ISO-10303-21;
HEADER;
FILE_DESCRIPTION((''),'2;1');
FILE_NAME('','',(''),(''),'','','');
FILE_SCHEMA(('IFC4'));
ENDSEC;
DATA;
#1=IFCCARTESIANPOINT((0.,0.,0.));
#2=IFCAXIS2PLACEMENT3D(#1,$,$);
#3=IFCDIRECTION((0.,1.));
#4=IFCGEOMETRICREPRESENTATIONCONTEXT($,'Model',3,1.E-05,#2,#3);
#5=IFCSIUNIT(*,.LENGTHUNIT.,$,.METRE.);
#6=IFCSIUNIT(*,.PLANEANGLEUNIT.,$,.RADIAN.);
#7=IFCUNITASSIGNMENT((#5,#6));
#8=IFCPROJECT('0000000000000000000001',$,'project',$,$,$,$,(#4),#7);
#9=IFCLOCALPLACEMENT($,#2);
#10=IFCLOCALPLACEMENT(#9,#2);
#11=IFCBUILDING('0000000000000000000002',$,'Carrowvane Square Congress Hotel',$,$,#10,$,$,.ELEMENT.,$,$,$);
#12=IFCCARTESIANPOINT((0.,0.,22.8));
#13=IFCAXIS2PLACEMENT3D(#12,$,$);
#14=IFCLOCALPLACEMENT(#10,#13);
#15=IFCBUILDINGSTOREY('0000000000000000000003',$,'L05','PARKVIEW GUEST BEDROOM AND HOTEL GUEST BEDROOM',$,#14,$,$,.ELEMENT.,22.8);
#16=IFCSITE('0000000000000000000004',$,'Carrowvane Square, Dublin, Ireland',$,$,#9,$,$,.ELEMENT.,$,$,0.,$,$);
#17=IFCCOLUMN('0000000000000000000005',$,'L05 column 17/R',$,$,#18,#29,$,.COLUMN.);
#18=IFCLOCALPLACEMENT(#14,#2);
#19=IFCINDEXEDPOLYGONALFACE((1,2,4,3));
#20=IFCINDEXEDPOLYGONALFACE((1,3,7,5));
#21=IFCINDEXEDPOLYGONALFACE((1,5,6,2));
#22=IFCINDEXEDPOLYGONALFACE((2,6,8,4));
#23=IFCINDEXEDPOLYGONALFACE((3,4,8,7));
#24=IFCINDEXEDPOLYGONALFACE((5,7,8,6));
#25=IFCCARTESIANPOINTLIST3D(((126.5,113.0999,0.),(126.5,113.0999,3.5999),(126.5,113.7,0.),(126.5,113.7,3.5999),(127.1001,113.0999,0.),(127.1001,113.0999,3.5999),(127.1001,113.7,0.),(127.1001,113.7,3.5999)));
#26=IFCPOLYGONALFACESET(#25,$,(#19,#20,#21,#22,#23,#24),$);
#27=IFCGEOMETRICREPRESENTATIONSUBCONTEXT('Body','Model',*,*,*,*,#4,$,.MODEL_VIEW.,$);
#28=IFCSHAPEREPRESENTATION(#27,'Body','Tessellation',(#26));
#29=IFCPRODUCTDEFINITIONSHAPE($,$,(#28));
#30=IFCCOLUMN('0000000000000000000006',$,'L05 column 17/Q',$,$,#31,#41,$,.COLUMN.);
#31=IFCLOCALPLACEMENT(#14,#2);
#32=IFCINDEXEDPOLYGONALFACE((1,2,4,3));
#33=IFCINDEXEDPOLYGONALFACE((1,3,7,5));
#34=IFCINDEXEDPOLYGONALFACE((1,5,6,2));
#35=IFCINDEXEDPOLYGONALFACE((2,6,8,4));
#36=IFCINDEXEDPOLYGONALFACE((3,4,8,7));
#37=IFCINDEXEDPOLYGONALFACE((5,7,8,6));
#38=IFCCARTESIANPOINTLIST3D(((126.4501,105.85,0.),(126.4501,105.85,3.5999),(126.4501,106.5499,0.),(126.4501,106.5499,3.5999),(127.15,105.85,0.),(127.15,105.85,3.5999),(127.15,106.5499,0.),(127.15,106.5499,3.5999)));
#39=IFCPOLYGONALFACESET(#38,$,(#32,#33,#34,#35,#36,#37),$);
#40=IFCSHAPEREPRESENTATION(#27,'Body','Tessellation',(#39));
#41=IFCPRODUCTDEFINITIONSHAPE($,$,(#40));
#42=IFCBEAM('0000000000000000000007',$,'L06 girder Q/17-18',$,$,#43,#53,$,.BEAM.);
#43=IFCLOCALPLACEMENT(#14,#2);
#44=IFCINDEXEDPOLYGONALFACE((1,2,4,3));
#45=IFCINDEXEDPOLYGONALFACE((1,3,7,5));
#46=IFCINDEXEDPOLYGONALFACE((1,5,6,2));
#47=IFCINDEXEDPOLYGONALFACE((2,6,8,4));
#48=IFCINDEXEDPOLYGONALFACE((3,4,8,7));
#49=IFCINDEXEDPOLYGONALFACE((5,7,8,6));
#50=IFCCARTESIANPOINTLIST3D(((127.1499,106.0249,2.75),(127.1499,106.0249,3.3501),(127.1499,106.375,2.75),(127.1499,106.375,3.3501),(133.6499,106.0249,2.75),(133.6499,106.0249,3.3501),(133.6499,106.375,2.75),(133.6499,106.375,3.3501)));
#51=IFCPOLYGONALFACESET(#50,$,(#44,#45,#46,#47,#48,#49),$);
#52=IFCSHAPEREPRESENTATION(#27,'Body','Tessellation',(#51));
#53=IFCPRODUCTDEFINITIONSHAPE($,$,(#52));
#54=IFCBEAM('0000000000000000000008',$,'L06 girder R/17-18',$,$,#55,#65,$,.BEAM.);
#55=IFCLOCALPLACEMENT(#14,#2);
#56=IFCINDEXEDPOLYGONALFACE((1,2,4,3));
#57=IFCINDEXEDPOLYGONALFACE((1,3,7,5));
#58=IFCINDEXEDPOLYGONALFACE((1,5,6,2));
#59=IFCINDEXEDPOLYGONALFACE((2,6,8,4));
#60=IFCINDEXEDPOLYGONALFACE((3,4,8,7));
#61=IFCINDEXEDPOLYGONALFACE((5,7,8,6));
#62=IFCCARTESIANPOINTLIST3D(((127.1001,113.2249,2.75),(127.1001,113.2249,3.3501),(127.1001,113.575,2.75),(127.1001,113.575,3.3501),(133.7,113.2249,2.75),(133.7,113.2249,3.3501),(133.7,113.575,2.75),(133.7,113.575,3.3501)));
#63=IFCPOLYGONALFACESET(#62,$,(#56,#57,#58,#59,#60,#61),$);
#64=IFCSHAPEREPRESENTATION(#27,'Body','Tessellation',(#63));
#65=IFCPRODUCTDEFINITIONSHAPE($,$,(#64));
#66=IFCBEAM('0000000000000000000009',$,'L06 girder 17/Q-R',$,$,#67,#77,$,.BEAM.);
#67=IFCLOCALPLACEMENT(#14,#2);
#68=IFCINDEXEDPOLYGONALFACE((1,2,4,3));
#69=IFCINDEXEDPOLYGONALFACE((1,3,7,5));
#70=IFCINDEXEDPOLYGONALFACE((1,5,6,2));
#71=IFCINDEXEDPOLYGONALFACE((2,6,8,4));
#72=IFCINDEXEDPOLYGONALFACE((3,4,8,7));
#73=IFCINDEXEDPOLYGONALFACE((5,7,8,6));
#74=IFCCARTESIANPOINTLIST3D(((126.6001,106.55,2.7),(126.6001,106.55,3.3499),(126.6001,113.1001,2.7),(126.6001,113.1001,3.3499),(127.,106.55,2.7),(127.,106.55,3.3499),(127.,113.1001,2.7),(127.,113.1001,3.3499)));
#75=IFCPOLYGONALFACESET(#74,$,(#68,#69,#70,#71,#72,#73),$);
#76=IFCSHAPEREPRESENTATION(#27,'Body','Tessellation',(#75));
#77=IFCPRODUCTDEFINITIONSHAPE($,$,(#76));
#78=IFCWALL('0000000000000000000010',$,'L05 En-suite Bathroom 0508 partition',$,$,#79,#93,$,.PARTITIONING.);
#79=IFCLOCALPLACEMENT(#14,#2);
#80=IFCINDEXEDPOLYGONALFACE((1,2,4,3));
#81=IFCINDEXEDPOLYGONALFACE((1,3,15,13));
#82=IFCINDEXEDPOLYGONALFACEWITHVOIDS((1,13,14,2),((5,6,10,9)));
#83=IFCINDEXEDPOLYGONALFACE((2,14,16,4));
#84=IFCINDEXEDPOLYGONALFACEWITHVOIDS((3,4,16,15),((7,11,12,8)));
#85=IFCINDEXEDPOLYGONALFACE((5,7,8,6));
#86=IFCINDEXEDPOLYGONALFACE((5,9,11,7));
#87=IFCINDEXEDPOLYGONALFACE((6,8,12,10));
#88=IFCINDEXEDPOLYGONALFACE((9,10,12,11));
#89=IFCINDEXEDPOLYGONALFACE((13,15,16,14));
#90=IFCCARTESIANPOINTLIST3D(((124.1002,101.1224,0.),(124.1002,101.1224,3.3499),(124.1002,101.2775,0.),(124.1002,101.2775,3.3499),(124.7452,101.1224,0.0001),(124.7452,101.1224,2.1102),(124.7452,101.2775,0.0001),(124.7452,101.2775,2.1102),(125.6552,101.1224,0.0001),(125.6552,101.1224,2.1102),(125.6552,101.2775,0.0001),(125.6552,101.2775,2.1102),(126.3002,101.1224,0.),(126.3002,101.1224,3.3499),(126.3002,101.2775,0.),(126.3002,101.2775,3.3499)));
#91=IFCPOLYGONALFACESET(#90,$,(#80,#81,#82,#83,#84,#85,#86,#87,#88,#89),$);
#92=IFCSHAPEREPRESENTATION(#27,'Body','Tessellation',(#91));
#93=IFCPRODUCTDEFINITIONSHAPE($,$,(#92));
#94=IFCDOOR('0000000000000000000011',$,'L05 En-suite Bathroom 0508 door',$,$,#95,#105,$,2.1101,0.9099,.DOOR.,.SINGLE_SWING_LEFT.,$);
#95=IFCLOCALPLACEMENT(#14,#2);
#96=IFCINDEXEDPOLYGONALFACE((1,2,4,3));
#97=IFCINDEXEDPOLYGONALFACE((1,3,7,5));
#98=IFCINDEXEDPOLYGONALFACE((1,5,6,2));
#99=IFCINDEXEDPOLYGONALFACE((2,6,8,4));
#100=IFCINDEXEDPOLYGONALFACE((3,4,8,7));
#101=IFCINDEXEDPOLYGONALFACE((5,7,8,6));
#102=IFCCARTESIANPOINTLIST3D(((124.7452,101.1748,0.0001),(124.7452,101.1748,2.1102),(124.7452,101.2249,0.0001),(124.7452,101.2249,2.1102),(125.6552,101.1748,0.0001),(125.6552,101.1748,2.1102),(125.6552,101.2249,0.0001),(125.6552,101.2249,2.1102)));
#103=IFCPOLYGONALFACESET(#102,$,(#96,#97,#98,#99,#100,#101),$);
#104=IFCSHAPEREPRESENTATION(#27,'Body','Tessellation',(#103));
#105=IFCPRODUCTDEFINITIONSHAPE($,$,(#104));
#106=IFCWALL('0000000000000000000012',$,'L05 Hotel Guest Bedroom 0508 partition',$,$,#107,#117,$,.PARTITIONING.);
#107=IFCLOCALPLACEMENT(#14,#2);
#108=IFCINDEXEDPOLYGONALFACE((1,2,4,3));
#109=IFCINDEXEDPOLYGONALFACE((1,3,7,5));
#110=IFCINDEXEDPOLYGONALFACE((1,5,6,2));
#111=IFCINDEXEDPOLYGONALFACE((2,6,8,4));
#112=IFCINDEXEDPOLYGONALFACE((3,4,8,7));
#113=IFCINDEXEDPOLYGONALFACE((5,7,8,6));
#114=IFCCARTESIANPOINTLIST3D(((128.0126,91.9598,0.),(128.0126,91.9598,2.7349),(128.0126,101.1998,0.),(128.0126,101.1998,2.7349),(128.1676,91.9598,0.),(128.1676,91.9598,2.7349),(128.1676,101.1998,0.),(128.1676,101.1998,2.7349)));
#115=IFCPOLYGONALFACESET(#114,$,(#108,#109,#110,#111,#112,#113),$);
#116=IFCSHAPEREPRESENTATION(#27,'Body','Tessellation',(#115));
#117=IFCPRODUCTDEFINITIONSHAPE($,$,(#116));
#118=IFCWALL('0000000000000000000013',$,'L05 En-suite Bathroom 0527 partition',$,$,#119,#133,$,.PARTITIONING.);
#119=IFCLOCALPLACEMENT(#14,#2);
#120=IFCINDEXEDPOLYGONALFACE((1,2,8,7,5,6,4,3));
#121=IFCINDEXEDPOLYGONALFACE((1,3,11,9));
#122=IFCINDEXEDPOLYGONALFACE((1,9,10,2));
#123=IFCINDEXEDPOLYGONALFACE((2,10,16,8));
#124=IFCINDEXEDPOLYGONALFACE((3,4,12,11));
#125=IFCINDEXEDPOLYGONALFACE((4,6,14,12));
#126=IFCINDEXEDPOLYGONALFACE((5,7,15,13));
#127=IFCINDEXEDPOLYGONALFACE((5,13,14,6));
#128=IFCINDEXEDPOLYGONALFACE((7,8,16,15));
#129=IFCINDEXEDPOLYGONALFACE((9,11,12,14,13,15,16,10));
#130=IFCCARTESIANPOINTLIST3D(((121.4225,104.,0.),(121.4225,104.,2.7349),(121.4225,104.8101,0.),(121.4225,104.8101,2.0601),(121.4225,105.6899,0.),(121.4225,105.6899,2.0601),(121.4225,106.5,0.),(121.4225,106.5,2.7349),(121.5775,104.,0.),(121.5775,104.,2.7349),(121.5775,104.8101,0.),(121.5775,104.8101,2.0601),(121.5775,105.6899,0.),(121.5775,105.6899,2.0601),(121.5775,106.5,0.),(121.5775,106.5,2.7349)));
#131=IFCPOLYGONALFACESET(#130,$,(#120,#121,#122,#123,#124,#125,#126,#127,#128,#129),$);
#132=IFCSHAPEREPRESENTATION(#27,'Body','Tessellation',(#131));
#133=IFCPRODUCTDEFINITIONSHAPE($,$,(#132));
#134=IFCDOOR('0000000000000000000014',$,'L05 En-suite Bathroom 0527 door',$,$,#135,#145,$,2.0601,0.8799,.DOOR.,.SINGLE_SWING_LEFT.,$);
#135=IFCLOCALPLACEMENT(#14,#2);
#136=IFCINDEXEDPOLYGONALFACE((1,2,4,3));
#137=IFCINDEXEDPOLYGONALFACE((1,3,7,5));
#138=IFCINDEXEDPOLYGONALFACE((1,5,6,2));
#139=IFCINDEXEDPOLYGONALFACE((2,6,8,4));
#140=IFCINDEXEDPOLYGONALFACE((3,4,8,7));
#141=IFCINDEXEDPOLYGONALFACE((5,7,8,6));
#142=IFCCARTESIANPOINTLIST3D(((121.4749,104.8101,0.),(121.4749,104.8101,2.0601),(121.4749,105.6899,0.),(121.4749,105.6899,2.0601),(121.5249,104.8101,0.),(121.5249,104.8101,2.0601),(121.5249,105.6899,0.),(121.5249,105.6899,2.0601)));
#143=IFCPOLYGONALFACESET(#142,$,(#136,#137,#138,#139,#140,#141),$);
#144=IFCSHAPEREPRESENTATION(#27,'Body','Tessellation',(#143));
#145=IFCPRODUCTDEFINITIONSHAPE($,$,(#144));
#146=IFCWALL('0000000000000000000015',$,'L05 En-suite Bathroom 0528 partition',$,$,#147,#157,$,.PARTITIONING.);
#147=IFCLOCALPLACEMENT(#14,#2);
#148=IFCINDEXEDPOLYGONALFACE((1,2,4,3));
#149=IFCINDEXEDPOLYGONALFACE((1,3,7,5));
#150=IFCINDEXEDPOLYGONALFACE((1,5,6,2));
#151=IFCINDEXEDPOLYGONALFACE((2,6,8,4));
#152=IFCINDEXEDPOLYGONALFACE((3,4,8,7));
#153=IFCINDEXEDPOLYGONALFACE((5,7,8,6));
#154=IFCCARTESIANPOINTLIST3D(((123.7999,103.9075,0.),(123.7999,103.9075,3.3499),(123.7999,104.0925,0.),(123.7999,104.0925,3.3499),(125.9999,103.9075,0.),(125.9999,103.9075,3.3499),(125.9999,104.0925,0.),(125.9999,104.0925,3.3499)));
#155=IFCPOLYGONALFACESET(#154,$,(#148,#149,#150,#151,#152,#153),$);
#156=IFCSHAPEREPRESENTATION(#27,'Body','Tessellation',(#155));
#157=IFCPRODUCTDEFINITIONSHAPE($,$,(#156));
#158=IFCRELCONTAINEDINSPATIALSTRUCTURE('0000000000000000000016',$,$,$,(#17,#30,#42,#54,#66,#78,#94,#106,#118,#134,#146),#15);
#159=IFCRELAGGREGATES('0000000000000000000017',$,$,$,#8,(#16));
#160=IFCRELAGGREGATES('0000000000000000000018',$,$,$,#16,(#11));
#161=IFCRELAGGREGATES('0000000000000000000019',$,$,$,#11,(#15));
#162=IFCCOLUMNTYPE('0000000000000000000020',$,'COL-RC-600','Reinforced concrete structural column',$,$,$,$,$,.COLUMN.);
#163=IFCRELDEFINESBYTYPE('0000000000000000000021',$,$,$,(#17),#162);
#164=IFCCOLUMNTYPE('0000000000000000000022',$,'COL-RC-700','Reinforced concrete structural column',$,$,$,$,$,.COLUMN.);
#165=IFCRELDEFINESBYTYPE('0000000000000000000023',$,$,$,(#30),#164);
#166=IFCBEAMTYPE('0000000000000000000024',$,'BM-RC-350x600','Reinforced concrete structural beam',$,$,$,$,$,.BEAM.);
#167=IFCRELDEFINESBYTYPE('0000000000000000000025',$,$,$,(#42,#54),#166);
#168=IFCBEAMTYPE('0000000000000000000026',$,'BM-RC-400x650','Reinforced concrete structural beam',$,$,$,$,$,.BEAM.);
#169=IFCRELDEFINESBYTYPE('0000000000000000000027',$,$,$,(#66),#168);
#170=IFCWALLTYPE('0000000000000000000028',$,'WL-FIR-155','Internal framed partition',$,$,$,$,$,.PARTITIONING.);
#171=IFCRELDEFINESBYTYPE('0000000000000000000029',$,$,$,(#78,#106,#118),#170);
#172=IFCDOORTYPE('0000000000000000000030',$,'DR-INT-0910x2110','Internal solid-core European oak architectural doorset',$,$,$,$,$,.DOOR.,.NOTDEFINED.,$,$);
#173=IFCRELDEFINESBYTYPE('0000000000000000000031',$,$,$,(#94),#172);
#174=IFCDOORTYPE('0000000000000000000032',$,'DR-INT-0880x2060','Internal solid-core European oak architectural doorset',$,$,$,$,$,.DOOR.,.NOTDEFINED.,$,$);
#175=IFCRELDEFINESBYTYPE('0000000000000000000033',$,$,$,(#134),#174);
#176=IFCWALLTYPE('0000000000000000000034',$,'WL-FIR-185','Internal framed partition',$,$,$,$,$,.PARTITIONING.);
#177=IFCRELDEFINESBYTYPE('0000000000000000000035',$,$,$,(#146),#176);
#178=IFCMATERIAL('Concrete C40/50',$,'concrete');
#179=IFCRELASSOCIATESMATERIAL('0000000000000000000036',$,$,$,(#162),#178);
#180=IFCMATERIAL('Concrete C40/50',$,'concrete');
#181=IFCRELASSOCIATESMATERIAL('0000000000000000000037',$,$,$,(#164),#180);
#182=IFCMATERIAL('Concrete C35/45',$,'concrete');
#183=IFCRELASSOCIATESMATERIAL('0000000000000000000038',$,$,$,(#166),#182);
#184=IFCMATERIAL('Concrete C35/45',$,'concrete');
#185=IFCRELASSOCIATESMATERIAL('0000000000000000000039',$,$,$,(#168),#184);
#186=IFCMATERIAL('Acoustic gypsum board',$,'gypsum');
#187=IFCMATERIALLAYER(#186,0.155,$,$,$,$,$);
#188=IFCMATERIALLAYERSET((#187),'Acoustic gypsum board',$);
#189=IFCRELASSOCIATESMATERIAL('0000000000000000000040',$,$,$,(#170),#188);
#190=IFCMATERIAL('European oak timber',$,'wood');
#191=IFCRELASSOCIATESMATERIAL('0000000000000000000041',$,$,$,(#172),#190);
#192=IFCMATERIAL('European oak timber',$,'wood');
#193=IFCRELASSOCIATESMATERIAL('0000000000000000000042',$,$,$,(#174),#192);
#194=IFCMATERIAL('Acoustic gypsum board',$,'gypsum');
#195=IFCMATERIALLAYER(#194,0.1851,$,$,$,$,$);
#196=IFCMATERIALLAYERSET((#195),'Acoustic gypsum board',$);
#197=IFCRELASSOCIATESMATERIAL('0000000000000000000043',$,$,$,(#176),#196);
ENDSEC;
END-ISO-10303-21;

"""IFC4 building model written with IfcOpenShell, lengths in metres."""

from ifc_helpers import new_model, si_unit, direction, frame, frame_2d, origin, origin_2d, place, context, subcontext, project, spatial, rectangle, extrude, material, layer, layer_set, material_profile, profile_set, type_object, element, fill, save


model = new_model("IFC4")

# Units and contexts
model_context = context("Model", 3, precision=1e-05, world=origin(), true_north=direction((0.0, 1.0)))
body_context = subcontext(model_context, "Body", "Model", "MODEL_VIEW")
ifc_project = project(units=[si_unit("LENGTHUNIT", "METRE"), si_unit("PLANEANGLEUNIT", "RADIAN")], contexts=[model_context])

# Site, building, storey
site_placement = place(None, origin())
site = spatial("IfcSite", under=ifc_project, at=site_placement, Name="Carrowvane Square, Dublin, Ireland", CompositionType="ELEMENT", RefElevation=0.0)
building_placement = place(site_placement, origin())
building = spatial("IfcBuilding", under=site, at=building_placement, Name="Carrowvane Square Congress Hotel", CompositionType="ELEMENT")
storey_placement = place(building_placement, frame((0.0, 0.0, 22.8)))
storey = spatial("IfcBuildingStorey", under=building, at=storey_placement, Name="L05", Description="PARKVIEW GUEST BEDROOM AND HOTEL GUEST BEDROOM", CompositionType="ELEMENT", Elevation=22.8)

# Columns
ifc_material_1 = material(Name="Concrete C40/50", Category="concrete")
ifc_material_profile_1 = material_profile(ifc_material_1, rectangle(XDim=0.6001, YDim=0.6001, at=origin_2d()), Name="RC 600x600")
ifc_profile_set_1 = profile_set([ifc_material_profile_1], Name="Concrete C40/50")
column_type_1 = type_object("IfcColumnType", Name="COL-RC-600", Description="Reinforced concrete structural column", PredefinedType="COLUMN", material=ifc_profile_set_1)
column_1_placement = place(storey_placement, frame((126.8, 113.3999, 0.0), z_axis=(0.0, 0.0, 1.0), x_axis=(1.0, 0.0, 0.0)))
element("IfcColumn", 1, at=column_1_placement, inside=storey, type_object=column_type_1, Name="L05 column 17/R", PredefinedType="COLUMN", context=body_context, shape_type="SweptSolid", body=[
    extrude(rectangle(XDim=0.6001, YDim=0.6001, at=origin_2d()), origin(), (0.0, 0.0, 1.0), 3.5999),
])
ifc_material_2 = material(Name="Concrete C40/50", Category="concrete")
ifc_material_profile_2 = material_profile(ifc_material_2, rectangle(XDim=0.7, YDim=0.7, at=origin_2d()), Name="RC 700x700")
ifc_profile_set_2 = profile_set([ifc_material_profile_2], Name="Concrete C40/50")
column_type_2 = type_object("IfcColumnType", Name="COL-RC-700", Description="Reinforced concrete structural column", PredefinedType="COLUMN", material=ifc_profile_set_2)
column_2_placement = place(storey_placement, frame((126.8, 106.2, 0.0), z_axis=(0.0, 0.0, 1.0), x_axis=(1.0, 0.0, 0.0)))
element("IfcColumn", 2, at=column_2_placement, inside=storey, type_object=column_type_2, Name="L05 column 17/Q", PredefinedType="COLUMN", context=body_context, shape_type="SweptSolid", body=[
    extrude(rectangle(XDim=0.7, YDim=0.7, at=origin_2d()), origin(), (0.0, 0.0, 1.0), 3.5999),
])

# Beams
ifc_material_3 = material(Name="Concrete C35/45", Category="concrete")
ifc_material_profile_3 = material_profile(ifc_material_3, rectangle(XDim=0.3501, YDim=0.6001, at=origin_2d()), Name="RC 350x600")
ifc_profile_set_3 = profile_set([ifc_material_profile_3], Name="Concrete C35/45")
beam_type_1 = type_object("IfcBeamType", Name="BM-RC-350x600", Description="Reinforced concrete structural beam", PredefinedType="BEAM", material=ifc_profile_set_3)
beam_1_placement = place(storey_placement, frame((127.1499, 106.2, 3.05), z_axis=(1.0, 0.0, 0.0), x_axis=(0.0, 1.0, 0.0)))
element("IfcBeam", 3, at=beam_1_placement, inside=storey, type_object=beam_type_1, Name="L06 girder Q/17-18", PredefinedType="BEAM", context=body_context, shape_type="SweptSolid", body=[
    extrude(rectangle(XDim=0.3501, YDim=0.6001, at=origin_2d()), origin(), (0.0, 0.0, 1.0), 6.5),
])
beam_2_placement = place(storey_placement, frame((127.1001, 113.3999, 3.05), z_axis=(1.0, 0.0, 0.0), x_axis=(0.0, 1.0, 0.0)))
element("IfcBeam", 4, at=beam_2_placement, inside=storey, type_object=beam_type_1, Name="L06 girder R/17-18", PredefinedType="BEAM", context=body_context, shape_type="SweptSolid", body=[
    extrude(rectangle(XDim=0.3501, YDim=0.6001, at=origin_2d()), origin(), (0.0, 0.0, 1.0), 6.5999),
])
ifc_material_4 = material(Name="Concrete C35/45", Category="concrete")
ifc_material_profile_4 = material_profile(ifc_material_4, rectangle(XDim=0.3999, YDim=0.6499, at=origin_2d()), Name="RC 400x650")
ifc_profile_set_4 = profile_set([ifc_material_profile_4], Name="Concrete C35/45")
beam_type_2 = type_object("IfcBeamType", Name="BM-RC-400x650", Description="Reinforced concrete structural beam", PredefinedType="BEAM", material=ifc_profile_set_4)
beam_3_placement = place(storey_placement, frame((126.8, 106.55, 3.0249), z_axis=(0.0, 1.0, 0.0), x_axis=(-1.0, 0.0, 0.0)))
element("IfcBeam", 5, at=beam_3_placement, inside=storey, type_object=beam_type_2, Name="L06 girder 17/Q-R", PredefinedType="BEAM", context=body_context, shape_type="SweptSolid", body=[
    extrude(rectangle(XDim=0.3999, YDim=0.6499, at=origin_2d()), origin(), (0.0, 0.0, 1.0), 6.55),
])

# Wall, opening, door
ifc_material_5 = material(Name="Acoustic gypsum board", Category="gypsum")
ifc_layer_1 = layer(ifc_material_5, 0.155)
ifc_layer_set_1 = layer_set([ifc_layer_1], Name="Acoustic gypsum board")
wall_type_1 = type_object("IfcWallType", Name="WL-FIR-155", Description="Internal framed partition", PredefinedType="PARTITIONING", material=ifc_layer_set_1)
wall_1_placement = place(storey_placement, frame((124.1001, 101.2, 0.0), z_axis=(0.0, 0.0, 1.0), x_axis=(1.0, 0.0, 0.0)))
wall_1 = element("IfcWall", 6, at=wall_1_placement, inside=storey, type_object=wall_type_1, Name="L05 En-suite Bathroom 0508 partition", PredefinedType="PARTITIONING", context=body_context, shape_type="SweptSolid", body=[
    extrude(rectangle(XDim=2.2, YDim=0.155, at=frame_2d((1.1001, 0.0))), origin(), (0.0, 0.0, 1.0), 3.3499),
])
opening_1_placement = place(wall_1_placement, frame((0.645, 0.0, 0.0)))
opening_1 = element("IfcOpeningElement", 7, at=opening_1_placement, cuts=wall_1, PredefinedType="OPENING", context=body_context, shape_type="SweptSolid", body=[
    extrude(rectangle(XDim=0.9099, YDim=2.1101, at=frame_2d((0.4551, 1.0552))), frame((0.0, 0.0874, 0.0), z_axis=(0.0, -1.0, 0.0), x_axis=(1.0, 0.0, 0.0)), (0.0, 0.0, 1.0), 0.175),
])
ifc_material_6 = material(Name="European oak timber", Category="wood")
door_type_1 = type_object("IfcDoorType", Name="DR-INT-0910x2110", Description="Internal solid-core European oak architectural doorset", OperationType="NOTDEFINED", PredefinedType="DOOR", material=ifc_material_6)
door_1_placement = place(opening_1_placement, origin())
door_1 = element("IfcDoor", 8, at=door_1_placement, inside=storey, type_object=door_type_1, Name="L05 En-suite Bathroom 0508 door", OperationType="SINGLE_SWING_LEFT", OverallHeight=2.1101, OverallWidth=0.9099, PredefinedType="DOOR", context=body_context, shape_type="SweptSolid", body=[
    extrude(rectangle(XDim=0.9099, YDim=2.1101, at=frame_2d((0.4551, 1.0552))), frame((0.0, 0.0249, 0.0), z_axis=(0.0, -1.0, 0.0), x_axis=(1.0, 0.0, 0.0)), (0.0, 0.0, 1.0), 0.05),
])
fill(opening_1, door_1)

# Wall
wall_2_placement = place(storey_placement, frame((128.0901, 101.2, 0.0), z_axis=(0.0, 0.0, 1.0), x_axis=(0.0, -1.0, 0.0)))
element("IfcWall", 9, at=wall_2_placement, inside=storey, type_object=wall_type_1, Name="L05 Hotel Guest Bedroom 0508 partition", PredefinedType="PARTITIONING", context=body_context, shape_type="SweptSolid", body=[
    extrude(rectangle(XDim=9.24, YDim=0.155, at=frame_2d((4.6201, 0.0))), origin(), (0.0, 0.0, 1.0), 2.7349),
])

# Wall, opening, door
wall_3_placement = place(storey_placement, frame((121.5, 106.5, 0.0), z_axis=(0.0, 0.0, 1.0), x_axis=(0.0, -1.0, 0.0)))
wall_3 = element("IfcWall", 10, at=wall_3_placement, inside=storey, type_object=wall_type_1, Name="L05 En-suite Bathroom 0527 partition", PredefinedType="PARTITIONING", context=body_context, shape_type="SweptSolid", body=[
    extrude(rectangle(XDim=2.5, YDim=0.155, at=frame_2d((1.25, 0.0))), origin(), (0.0, 0.0, 1.0), 2.7349),
])
opening_2_placement = place(wall_3_placement, frame((0.8101, 0.0, 0.0)))
opening_2 = element("IfcOpeningElement", 11, at=opening_2_placement, cuts=wall_3, PredefinedType="OPENING", context=body_context, shape_type="SweptSolid", body=[
    extrude(rectangle(XDim=0.8799, YDim=2.0601, at=frame_2d((0.4399, 1.03))), frame((0.0, 0.0874, 0.0), z_axis=(0.0, -1.0, 0.0), x_axis=(1.0, 0.0, 0.0)), (0.0, 0.0, 1.0), 0.175),
])
ifc_material_7 = material(Name="European oak timber", Category="wood")
door_type_2 = type_object("IfcDoorType", Name="DR-INT-0880x2060", Description="Internal solid-core European oak architectural doorset", OperationType="NOTDEFINED", PredefinedType="DOOR", material=ifc_material_7)
door_2_placement = place(opening_2_placement, origin())
door_2 = element("IfcDoor", 12, at=door_2_placement, inside=storey, type_object=door_type_2, Name="L05 En-suite Bathroom 0527 door", OperationType="SINGLE_SWING_LEFT", OverallHeight=2.0601, OverallWidth=0.8799, PredefinedType="DOOR", context=body_context, shape_type="SweptSolid", body=[
    extrude(rectangle(XDim=0.8799, YDim=2.0601, at=frame_2d((0.4399, 1.03))), frame((0.0, 0.0249, 0.0), z_axis=(0.0, -1.0, 0.0), x_axis=(1.0, 0.0, 0.0)), (0.0, 0.0, 1.0), 0.05),
])
fill(opening_2, door_2)

# Wall
ifc_material_8 = material(Name="Acoustic gypsum board", Category="gypsum")
ifc_layer_2 = layer(ifc_material_8, 0.1851)
ifc_layer_set_2 = layer_set([ifc_layer_2], Name="Acoustic gypsum board")
wall_type_2 = type_object("IfcWallType", Name="WL-FIR-185", Description="Internal framed partition", PredefinedType="PARTITIONING", material=ifc_layer_set_2)
wall_4_placement = place(storey_placement, frame((126.0, 104.0, 0.0), z_axis=(0.0, 0.0, 1.0), x_axis=(-1.0, 0.0, 0.0)))
element("IfcWall", 13, at=wall_4_placement, inside=storey, type_object=wall_type_2, Name="L05 En-suite Bathroom 0528 partition", PredefinedType="PARTITIONING", context=body_context, shape_type="SweptSolid", body=[
    extrude(rectangle(XDim=2.2, YDim=0.1851, at=frame_2d((1.1001, 0.0))), origin(), (0.0, 0.0, 1.0), 3.3499),
])

save(model, "model.ifc")
